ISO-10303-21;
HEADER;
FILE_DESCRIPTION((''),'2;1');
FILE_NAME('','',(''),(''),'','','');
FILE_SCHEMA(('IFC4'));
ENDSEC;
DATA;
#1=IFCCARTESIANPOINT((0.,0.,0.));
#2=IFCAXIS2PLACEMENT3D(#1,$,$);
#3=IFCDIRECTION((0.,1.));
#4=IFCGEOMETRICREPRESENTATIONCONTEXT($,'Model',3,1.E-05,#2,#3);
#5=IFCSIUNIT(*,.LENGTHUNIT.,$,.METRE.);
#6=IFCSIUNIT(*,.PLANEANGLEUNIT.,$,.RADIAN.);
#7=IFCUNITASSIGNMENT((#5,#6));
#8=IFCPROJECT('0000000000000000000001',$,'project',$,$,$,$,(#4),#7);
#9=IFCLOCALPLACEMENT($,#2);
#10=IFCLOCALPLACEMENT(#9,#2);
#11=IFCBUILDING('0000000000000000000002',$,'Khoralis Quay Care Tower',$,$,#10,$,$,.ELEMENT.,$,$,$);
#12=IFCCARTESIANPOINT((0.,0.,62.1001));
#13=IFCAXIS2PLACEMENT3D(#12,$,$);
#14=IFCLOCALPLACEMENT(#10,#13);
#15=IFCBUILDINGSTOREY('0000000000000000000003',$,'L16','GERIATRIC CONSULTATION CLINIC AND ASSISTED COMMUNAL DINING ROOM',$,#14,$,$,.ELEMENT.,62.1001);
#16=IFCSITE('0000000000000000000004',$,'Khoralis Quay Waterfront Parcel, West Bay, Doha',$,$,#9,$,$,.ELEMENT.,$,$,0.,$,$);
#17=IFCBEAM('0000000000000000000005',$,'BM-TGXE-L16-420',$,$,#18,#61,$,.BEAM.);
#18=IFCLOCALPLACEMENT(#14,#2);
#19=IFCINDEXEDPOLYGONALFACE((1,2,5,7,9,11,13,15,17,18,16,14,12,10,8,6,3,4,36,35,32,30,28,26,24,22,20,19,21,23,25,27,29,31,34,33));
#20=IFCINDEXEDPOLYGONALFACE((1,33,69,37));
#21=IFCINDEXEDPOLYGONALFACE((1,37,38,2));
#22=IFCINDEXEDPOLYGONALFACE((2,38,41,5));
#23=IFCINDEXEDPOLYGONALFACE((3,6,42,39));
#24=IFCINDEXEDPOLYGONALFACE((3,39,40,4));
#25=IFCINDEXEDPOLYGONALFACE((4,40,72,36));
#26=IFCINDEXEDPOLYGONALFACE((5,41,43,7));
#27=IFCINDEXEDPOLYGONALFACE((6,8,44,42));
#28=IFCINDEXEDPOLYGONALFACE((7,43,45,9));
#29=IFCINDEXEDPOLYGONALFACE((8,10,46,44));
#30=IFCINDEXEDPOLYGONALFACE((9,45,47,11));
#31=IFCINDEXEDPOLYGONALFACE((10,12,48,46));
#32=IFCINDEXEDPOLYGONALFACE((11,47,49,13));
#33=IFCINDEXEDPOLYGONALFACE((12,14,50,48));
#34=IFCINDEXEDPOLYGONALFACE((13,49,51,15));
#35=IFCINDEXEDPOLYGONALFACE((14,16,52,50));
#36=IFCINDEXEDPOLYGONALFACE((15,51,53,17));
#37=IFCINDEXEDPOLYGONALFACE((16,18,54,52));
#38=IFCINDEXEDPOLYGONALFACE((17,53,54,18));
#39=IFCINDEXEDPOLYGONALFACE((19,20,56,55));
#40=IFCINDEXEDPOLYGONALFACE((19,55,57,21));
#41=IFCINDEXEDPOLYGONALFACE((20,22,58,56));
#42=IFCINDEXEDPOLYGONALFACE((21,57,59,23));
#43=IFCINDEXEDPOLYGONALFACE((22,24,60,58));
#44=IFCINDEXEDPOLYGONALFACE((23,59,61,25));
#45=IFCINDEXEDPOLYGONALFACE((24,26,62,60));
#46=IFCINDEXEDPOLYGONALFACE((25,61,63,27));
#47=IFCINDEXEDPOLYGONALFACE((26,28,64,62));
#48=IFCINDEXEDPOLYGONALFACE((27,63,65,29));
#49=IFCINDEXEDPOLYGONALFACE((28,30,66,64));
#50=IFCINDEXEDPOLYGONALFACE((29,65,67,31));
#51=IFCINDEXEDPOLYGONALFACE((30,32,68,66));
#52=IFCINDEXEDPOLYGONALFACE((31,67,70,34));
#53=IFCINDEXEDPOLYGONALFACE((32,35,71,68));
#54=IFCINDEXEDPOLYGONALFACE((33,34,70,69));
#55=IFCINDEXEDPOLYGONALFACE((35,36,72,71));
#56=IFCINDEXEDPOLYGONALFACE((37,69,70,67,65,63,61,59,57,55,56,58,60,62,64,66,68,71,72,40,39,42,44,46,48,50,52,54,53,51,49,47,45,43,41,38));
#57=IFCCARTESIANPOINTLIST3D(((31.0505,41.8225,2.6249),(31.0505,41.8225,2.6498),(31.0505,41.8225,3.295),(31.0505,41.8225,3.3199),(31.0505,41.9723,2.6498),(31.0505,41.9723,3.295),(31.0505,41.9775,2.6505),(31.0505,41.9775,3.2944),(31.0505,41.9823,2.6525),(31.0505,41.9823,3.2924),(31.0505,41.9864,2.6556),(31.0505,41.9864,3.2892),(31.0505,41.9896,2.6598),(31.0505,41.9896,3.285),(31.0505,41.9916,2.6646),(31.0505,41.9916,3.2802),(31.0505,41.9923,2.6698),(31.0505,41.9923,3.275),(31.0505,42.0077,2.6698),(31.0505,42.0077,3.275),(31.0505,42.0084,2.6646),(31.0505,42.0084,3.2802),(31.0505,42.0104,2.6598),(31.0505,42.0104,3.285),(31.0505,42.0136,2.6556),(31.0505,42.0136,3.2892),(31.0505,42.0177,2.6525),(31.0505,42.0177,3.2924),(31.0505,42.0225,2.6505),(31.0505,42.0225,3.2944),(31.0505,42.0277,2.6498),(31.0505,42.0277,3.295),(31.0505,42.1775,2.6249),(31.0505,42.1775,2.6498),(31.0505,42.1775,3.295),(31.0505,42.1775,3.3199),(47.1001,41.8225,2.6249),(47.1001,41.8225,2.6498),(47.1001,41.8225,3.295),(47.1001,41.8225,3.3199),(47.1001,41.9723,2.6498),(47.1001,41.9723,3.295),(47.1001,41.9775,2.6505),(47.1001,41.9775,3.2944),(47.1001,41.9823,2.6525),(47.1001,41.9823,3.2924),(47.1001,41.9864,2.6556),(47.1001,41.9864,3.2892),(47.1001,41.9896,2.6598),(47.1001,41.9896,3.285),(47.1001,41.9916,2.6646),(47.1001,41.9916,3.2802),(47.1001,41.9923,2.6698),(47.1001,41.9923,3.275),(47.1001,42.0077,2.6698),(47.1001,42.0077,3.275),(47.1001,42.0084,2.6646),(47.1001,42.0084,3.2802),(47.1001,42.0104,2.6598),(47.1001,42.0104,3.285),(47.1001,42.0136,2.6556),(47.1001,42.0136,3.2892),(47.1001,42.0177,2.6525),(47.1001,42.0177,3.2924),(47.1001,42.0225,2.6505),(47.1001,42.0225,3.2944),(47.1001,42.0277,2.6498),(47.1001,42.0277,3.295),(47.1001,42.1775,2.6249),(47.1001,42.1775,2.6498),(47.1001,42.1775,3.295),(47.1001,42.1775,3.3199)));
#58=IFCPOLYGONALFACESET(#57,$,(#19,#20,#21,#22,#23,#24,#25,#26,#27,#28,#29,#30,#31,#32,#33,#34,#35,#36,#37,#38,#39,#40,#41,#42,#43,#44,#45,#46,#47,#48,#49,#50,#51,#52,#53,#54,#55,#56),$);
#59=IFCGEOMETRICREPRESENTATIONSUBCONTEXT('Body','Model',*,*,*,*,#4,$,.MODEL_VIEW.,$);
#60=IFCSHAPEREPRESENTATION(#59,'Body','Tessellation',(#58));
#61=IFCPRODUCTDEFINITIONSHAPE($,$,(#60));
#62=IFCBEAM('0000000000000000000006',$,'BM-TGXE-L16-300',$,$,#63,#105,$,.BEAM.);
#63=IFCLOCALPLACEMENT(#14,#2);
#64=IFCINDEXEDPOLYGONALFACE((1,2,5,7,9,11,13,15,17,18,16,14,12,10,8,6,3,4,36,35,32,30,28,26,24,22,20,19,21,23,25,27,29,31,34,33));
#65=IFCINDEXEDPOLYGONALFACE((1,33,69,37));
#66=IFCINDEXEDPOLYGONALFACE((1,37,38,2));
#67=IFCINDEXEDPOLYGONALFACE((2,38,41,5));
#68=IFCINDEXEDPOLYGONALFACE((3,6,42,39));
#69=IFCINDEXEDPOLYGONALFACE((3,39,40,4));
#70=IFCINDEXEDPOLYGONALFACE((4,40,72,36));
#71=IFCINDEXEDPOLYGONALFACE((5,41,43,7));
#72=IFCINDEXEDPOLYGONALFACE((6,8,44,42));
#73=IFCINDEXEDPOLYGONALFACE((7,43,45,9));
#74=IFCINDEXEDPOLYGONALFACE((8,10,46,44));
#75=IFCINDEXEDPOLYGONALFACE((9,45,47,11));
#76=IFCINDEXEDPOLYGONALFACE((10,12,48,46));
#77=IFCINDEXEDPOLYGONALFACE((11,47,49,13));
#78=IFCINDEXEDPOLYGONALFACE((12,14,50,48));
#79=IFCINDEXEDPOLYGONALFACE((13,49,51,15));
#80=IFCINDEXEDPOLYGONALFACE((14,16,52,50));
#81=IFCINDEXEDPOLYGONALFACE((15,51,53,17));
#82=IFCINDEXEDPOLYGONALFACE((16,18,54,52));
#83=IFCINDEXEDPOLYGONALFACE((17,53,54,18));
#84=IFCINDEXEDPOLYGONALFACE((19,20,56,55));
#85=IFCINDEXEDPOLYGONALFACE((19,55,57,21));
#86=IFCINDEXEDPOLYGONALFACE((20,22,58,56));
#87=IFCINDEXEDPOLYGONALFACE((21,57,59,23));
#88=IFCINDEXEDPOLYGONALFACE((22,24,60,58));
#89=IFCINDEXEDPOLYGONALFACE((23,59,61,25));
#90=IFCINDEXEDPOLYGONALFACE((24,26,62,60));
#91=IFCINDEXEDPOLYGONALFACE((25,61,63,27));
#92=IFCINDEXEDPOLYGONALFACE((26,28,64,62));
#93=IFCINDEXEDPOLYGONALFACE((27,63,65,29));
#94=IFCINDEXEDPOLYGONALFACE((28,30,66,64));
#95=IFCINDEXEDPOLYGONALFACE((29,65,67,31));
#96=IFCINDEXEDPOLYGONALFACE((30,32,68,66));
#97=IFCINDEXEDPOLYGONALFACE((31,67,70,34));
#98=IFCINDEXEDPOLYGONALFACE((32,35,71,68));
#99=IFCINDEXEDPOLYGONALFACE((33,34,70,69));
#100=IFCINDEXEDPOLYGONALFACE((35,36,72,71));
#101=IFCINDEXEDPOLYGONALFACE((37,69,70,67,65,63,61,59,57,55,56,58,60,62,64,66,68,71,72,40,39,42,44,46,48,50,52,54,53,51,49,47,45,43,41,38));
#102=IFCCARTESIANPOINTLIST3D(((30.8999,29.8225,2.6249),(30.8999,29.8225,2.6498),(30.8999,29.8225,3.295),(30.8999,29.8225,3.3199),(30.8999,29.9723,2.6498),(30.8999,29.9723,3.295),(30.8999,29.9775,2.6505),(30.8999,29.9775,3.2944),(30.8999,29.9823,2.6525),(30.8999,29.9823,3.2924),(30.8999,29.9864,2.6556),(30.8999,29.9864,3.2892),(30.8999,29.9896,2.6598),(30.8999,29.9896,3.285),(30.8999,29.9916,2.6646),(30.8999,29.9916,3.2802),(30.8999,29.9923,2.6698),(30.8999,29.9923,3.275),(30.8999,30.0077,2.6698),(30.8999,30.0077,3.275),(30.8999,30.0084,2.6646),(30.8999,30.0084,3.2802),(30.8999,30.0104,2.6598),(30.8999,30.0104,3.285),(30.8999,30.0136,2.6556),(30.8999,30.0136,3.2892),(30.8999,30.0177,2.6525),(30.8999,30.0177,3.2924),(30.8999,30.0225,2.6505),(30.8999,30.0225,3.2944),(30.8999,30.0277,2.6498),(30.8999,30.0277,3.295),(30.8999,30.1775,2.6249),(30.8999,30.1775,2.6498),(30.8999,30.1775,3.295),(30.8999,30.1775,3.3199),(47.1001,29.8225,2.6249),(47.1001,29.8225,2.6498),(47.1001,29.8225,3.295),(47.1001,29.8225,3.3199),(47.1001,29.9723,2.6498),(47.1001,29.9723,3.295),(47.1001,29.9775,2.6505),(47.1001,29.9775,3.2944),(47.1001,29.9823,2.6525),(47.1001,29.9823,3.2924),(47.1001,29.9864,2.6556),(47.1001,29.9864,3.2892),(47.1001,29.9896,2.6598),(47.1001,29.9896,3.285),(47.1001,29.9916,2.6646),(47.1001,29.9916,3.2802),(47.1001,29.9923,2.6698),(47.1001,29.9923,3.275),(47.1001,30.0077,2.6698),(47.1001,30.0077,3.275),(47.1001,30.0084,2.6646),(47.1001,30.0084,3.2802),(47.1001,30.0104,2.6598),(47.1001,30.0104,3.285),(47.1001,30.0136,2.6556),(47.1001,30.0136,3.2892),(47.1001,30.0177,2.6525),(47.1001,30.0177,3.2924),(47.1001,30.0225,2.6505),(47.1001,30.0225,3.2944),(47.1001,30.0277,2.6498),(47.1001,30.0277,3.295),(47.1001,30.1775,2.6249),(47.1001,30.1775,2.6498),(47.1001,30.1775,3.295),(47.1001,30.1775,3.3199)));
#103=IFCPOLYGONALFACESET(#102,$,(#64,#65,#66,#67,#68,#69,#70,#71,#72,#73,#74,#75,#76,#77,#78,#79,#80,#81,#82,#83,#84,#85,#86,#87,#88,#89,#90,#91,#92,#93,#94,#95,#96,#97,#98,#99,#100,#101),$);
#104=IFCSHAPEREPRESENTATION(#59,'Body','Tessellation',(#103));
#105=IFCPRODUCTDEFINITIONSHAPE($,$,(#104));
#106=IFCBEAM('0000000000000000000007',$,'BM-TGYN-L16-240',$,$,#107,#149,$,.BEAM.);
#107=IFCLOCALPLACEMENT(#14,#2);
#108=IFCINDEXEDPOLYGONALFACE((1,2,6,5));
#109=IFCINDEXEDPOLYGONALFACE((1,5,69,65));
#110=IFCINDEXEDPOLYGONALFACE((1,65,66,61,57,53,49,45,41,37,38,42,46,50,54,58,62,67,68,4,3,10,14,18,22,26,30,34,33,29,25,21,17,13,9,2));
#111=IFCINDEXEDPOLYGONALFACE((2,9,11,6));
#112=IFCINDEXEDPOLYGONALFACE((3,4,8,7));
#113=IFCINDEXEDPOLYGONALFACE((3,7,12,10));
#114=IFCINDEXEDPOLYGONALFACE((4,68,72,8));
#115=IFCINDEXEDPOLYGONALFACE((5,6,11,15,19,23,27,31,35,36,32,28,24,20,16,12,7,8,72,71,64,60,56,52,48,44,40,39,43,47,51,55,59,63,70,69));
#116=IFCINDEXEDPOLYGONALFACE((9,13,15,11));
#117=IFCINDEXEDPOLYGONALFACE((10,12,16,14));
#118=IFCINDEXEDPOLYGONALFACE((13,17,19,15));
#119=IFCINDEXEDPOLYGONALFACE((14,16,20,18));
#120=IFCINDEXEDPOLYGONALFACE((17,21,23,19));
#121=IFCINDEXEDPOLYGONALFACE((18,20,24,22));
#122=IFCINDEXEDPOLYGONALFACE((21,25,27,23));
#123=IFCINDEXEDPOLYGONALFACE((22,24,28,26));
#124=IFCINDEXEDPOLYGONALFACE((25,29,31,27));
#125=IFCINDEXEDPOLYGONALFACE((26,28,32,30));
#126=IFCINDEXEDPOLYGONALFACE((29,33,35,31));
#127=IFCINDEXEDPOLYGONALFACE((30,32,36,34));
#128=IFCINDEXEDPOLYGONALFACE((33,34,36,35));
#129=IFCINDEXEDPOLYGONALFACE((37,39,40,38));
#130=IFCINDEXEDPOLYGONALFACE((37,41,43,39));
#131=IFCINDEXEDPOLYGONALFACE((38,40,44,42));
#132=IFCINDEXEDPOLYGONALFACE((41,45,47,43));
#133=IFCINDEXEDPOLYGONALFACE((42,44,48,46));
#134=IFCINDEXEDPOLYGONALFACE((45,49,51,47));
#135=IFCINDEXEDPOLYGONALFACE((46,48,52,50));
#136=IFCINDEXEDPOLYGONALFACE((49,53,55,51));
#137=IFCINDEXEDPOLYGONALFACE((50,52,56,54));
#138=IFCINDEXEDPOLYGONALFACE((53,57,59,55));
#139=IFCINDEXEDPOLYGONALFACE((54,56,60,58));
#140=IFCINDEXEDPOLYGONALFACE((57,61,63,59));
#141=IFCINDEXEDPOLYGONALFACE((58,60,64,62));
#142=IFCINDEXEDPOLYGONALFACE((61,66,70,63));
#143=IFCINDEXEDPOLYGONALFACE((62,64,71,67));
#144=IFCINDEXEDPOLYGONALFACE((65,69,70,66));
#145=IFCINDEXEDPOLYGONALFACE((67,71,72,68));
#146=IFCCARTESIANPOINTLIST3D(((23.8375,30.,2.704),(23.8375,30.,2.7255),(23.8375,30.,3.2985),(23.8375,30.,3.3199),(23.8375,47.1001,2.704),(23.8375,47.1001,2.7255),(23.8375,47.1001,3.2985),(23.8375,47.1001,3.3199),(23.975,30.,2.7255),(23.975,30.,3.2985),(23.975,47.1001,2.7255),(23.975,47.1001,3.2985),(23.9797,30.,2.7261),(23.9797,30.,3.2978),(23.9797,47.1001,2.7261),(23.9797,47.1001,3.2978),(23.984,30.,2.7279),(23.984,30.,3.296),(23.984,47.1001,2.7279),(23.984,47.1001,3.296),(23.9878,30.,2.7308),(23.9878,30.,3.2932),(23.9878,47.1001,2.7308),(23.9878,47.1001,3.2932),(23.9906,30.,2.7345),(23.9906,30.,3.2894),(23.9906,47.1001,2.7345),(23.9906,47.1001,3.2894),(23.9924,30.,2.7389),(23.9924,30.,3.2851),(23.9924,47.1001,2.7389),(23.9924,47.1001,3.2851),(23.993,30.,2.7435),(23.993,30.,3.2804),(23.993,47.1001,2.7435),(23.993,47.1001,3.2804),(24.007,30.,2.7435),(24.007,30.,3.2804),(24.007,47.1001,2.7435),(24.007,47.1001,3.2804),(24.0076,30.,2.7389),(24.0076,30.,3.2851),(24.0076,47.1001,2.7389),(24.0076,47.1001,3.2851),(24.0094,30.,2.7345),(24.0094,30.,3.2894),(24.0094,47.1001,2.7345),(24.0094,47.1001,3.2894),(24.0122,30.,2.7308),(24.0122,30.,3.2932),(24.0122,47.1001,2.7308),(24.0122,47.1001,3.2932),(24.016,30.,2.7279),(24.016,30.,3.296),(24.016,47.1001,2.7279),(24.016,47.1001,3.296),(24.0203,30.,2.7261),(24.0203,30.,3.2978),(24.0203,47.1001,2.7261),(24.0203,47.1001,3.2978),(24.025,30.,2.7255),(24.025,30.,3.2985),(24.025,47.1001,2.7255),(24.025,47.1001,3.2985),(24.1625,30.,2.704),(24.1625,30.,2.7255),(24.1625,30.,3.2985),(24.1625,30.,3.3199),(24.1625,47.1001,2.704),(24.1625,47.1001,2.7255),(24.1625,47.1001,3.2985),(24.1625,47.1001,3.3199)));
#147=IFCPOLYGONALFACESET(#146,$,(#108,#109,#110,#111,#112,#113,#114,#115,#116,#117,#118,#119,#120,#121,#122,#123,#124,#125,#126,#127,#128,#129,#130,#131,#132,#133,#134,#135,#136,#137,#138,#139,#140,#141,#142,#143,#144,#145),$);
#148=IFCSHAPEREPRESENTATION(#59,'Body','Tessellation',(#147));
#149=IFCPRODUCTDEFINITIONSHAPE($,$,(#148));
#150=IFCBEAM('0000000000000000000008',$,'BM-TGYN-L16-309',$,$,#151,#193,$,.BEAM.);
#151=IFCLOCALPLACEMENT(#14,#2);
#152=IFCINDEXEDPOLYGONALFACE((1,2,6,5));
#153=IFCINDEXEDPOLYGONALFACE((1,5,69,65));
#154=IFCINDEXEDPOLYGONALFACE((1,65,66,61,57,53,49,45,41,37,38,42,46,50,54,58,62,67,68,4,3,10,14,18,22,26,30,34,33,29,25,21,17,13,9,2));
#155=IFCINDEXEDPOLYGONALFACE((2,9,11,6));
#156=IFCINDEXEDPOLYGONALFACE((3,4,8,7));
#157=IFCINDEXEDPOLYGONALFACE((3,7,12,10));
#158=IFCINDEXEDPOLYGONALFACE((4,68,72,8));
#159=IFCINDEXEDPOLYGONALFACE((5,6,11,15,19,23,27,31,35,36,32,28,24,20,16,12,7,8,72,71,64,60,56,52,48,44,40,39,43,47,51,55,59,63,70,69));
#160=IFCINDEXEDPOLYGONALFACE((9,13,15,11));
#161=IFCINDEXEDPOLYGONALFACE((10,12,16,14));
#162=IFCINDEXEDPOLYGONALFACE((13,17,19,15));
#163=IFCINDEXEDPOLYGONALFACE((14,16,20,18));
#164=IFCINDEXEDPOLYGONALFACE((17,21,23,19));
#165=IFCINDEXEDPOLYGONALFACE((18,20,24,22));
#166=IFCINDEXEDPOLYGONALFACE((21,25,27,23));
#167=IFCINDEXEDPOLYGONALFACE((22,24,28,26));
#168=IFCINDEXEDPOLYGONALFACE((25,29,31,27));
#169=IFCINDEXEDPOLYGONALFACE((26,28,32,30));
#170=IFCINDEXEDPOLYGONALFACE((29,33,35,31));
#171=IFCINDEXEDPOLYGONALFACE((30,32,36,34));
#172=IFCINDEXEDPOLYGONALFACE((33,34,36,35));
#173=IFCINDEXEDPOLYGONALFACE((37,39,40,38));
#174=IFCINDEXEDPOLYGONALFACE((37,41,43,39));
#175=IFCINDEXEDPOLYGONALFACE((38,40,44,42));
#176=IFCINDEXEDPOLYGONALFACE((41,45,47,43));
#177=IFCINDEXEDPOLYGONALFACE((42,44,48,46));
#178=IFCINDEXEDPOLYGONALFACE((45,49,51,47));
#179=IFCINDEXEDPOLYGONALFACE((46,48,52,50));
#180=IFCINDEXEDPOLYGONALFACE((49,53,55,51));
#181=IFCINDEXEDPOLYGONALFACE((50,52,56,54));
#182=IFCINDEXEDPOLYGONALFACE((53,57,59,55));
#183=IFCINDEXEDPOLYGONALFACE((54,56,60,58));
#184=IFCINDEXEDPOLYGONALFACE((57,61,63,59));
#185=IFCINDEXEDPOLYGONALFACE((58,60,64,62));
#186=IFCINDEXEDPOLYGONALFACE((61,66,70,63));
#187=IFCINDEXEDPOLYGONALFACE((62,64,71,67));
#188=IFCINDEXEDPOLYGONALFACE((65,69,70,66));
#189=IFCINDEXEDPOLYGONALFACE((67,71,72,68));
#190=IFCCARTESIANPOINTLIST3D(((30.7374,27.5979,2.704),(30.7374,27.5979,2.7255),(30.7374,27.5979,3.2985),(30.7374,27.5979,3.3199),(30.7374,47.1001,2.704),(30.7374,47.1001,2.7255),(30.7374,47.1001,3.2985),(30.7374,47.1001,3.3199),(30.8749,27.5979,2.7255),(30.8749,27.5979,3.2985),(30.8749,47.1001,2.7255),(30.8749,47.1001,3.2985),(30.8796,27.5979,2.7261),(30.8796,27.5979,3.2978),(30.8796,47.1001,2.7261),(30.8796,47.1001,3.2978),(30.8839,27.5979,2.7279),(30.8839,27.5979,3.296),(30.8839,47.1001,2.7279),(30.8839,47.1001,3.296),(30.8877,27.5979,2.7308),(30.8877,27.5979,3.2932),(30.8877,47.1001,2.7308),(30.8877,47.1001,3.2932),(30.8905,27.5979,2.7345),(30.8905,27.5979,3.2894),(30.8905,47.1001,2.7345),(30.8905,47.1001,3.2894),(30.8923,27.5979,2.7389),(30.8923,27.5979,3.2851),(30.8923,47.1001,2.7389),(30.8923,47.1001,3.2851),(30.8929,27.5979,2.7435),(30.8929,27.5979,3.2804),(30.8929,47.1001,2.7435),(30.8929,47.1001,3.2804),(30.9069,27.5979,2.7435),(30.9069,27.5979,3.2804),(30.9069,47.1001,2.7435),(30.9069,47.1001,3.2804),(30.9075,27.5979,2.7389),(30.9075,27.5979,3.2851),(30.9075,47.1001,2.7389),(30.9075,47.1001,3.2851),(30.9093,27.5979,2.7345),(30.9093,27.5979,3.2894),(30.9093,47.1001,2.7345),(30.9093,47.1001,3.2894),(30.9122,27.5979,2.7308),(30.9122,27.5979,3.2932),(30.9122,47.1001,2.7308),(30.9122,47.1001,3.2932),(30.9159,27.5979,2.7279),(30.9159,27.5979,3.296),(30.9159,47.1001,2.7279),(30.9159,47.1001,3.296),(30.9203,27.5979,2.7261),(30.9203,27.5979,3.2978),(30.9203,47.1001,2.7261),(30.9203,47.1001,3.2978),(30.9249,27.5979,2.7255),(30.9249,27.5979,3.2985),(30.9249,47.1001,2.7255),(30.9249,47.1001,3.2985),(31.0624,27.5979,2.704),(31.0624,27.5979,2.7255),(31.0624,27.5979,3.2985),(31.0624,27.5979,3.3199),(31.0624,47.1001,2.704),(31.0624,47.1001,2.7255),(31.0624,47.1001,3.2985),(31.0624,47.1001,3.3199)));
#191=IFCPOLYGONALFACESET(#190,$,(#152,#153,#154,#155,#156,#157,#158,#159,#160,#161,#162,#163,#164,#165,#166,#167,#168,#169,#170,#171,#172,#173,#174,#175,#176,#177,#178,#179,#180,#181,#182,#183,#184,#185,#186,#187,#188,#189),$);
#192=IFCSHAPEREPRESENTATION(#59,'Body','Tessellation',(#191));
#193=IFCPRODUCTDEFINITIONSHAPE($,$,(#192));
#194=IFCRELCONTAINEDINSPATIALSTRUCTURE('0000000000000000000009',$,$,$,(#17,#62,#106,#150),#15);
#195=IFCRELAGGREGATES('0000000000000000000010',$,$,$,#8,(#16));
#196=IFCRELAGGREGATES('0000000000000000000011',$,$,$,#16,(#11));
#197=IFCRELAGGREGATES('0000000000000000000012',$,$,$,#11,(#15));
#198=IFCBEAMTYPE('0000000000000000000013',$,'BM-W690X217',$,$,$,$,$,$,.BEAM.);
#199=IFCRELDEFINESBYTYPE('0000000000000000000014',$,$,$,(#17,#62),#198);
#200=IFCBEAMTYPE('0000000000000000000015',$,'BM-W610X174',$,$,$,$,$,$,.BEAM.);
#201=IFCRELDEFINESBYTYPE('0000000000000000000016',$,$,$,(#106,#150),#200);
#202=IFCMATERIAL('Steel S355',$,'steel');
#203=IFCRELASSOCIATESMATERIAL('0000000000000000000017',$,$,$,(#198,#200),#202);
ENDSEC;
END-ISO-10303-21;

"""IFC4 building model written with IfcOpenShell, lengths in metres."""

from ifc_helpers import new_model, si_unit, direction, frame, origin, origin_2d, place, context, subcontext, project, spatial, i_section, extrude, source, transform, mapped, material, material_profile, profile_set, type_object, element, save


model = new_model("IFC4")

# Units and contexts
model_context = context("Model", 3, precision=1e-05, world=origin(), true_north=direction((0.0, 1.0)))
body_context = subcontext(model_context, "Body", "Model", "MODEL_VIEW")
ifc_project = project(units=[si_unit("LENGTHUNIT", "METRE"), si_unit("PLANEANGLEUNIT", "RADIAN")], contexts=[model_context])

# Site, building, storey
site_placement = place(None, origin())
site = spatial("IfcSite", under=ifc_project, at=site_placement, Name="Khoralis Quay Waterfront Parcel, West Bay, Doha", CompositionType="ELEMENT", RefElevation=0.0)
building_placement = place(site_placement, origin())
building = spatial("IfcBuilding", under=site, at=building_placement, Name="Khoralis Quay Care Tower", CompositionType="ELEMENT")
storey_placement = place(building_placement, frame((0.0, 0.0, 62.1001)))
storey = spatial("IfcBuildingStorey", under=building, at=storey_placement, Name="L16", Description="GERIATRIC CONSULTATION CLINIC AND ASSISTED COMMUNAL DINING ROOM", CompositionType="ELEMENT", Elevation=62.1001)

# Beams
ifc_material_1 = material(Name="Steel S355", Category="steel")
ifc_material_profile_1 = material_profile(ifc_material_1, i_section(OverallWidth=0.355, OverallDepth=0.6951, WebThickness=0.0154, FlangeThickness=0.0249, FilletRadius=0.02, at=origin_2d()), Name="Steel S355")
ifc_profile_set_1 = profile_set([ifc_material_profile_1], Name="Steel S355")
beam_type_1 = type_object("IfcBeamType", Name="BM-W690X217", PredefinedType="BEAM", material=ifc_profile_set_1)
shared_shape_1 = source(origin(), body_context, "Body", "SweptSolid", [
    extrude(i_section(OverallWidth=0.355, OverallDepth=0.6951, WebThickness=0.0154, FlangeThickness=0.0249, FilletRadius=0.02, at=origin_2d()), origin(), (0.0, 0.0, 1.0), 16.0496),
])
for number, where, z_axis, x_axis, name in (
    (1, (31.0505, 42.0, 2.9724), (1.0, 0.0, 0.0), (0.0, 1.0, 0.0), "BM-TGXE-L16-420"),
):
    element("IfcBeam", number, at=place(storey_placement, frame(where, z_axis=z_axis, x_axis=x_axis)), inside=storey, type_object=beam_type_1, Name=name, PredefinedType="BEAM", context=body_context, shape_type="MappedRepresentation", body=[
        mapped(shared_shape_1, transform((0.0, 0.0, 0.0), scale=1.0)),
    ])
shared_shape_2 = source(origin(), body_context, "Body", "SweptSolid", [
    extrude(i_section(OverallWidth=0.355, OverallDepth=0.6951, WebThickness=0.0154, FlangeThickness=0.0249, FilletRadius=0.02, at=origin_2d()), origin(), (0.0, 0.0, 1.0), 16.2002),
])
beam_1_placement = place(storey_placement, frame((30.8999, 30.0, 2.9724), z_axis=(1.0, 0.0, 0.0), x_axis=(0.0, 1.0, 0.0)))
element("IfcBeam", 2, at=beam_1_placement, inside=storey, type_object=beam_type_1, Name="BM-TGXE-L16-300", PredefinedType="BEAM", context=body_context, shape_type="MappedRepresentation", body=[
    mapped(shared_shape_2, transform((0.0, 0.0, 0.0), scale=1.0)),
])
ifc_material_profile_2 = material_profile(ifc_material_1, i_section(OverallWidth=0.325, OverallDepth=0.616, WebThickness=0.0139, FlangeThickness=0.0215, FilletRadius=0.0181, at=origin_2d()), Name="Steel S355")
ifc_profile_set_2 = profile_set([ifc_material_profile_2], Name="Steel S355")
beam_type_2 = type_object("IfcBeamType", Name="BM-W610X174", PredefinedType="BEAM", material=ifc_profile_set_2)
shared_shape_3 = source(origin(), body_context, "Body", "SweptSolid", [
    extrude(i_section(OverallWidth=0.325, OverallDepth=0.616, WebThickness=0.0139, FlangeThickness=0.0215, FilletRadius=0.0181, at=origin_2d()), origin(), (0.0, 0.0, 1.0), 17.1001),
])
beam_2_placement = place(storey_placement, frame((24.0, 30.0, 3.012), z_axis=(0.0, 1.0, 0.0), x_axis=(-1.0, 0.0, 0.0)))
element("IfcBeam", 3, at=beam_2_placement, inside=storey, type_object=beam_type_2, Name="BM-TGYN-L16-240", PredefinedType="BEAM", context=body_context, shape_type="MappedRepresentation", body=[
    mapped(shared_shape_3, transform((0.0, 0.0, 0.0), scale=1.0)),
])
shared_shape_4 = source(origin(), body_context, "Body", "SweptSolid", [
    extrude(i_section(OverallWidth=0.325, OverallDepth=0.616, WebThickness=0.0139, FlangeThickness=0.0215, FilletRadius=0.0181, at=origin_2d()), origin(), (0.0, 0.0, 1.0), 19.5022),
])
beam_3_placement = place(storey_placement, frame((30.8999, 27.5979, 3.012), z_axis=(0.0, 1.0, 0.0), x_axis=(-1.0, 0.0, 0.0)))
element("IfcBeam", 4, at=beam_3_placement, inside=storey, type_object=beam_type_2, Name="BM-TGYN-L16-309", PredefinedType="BEAM", context=body_context, shape_type="MappedRepresentation", body=[
    mapped(shared_shape_4, transform((0.0, 0.0, 0.0), scale=1.0)),
])

save(model, "model.ifc")
